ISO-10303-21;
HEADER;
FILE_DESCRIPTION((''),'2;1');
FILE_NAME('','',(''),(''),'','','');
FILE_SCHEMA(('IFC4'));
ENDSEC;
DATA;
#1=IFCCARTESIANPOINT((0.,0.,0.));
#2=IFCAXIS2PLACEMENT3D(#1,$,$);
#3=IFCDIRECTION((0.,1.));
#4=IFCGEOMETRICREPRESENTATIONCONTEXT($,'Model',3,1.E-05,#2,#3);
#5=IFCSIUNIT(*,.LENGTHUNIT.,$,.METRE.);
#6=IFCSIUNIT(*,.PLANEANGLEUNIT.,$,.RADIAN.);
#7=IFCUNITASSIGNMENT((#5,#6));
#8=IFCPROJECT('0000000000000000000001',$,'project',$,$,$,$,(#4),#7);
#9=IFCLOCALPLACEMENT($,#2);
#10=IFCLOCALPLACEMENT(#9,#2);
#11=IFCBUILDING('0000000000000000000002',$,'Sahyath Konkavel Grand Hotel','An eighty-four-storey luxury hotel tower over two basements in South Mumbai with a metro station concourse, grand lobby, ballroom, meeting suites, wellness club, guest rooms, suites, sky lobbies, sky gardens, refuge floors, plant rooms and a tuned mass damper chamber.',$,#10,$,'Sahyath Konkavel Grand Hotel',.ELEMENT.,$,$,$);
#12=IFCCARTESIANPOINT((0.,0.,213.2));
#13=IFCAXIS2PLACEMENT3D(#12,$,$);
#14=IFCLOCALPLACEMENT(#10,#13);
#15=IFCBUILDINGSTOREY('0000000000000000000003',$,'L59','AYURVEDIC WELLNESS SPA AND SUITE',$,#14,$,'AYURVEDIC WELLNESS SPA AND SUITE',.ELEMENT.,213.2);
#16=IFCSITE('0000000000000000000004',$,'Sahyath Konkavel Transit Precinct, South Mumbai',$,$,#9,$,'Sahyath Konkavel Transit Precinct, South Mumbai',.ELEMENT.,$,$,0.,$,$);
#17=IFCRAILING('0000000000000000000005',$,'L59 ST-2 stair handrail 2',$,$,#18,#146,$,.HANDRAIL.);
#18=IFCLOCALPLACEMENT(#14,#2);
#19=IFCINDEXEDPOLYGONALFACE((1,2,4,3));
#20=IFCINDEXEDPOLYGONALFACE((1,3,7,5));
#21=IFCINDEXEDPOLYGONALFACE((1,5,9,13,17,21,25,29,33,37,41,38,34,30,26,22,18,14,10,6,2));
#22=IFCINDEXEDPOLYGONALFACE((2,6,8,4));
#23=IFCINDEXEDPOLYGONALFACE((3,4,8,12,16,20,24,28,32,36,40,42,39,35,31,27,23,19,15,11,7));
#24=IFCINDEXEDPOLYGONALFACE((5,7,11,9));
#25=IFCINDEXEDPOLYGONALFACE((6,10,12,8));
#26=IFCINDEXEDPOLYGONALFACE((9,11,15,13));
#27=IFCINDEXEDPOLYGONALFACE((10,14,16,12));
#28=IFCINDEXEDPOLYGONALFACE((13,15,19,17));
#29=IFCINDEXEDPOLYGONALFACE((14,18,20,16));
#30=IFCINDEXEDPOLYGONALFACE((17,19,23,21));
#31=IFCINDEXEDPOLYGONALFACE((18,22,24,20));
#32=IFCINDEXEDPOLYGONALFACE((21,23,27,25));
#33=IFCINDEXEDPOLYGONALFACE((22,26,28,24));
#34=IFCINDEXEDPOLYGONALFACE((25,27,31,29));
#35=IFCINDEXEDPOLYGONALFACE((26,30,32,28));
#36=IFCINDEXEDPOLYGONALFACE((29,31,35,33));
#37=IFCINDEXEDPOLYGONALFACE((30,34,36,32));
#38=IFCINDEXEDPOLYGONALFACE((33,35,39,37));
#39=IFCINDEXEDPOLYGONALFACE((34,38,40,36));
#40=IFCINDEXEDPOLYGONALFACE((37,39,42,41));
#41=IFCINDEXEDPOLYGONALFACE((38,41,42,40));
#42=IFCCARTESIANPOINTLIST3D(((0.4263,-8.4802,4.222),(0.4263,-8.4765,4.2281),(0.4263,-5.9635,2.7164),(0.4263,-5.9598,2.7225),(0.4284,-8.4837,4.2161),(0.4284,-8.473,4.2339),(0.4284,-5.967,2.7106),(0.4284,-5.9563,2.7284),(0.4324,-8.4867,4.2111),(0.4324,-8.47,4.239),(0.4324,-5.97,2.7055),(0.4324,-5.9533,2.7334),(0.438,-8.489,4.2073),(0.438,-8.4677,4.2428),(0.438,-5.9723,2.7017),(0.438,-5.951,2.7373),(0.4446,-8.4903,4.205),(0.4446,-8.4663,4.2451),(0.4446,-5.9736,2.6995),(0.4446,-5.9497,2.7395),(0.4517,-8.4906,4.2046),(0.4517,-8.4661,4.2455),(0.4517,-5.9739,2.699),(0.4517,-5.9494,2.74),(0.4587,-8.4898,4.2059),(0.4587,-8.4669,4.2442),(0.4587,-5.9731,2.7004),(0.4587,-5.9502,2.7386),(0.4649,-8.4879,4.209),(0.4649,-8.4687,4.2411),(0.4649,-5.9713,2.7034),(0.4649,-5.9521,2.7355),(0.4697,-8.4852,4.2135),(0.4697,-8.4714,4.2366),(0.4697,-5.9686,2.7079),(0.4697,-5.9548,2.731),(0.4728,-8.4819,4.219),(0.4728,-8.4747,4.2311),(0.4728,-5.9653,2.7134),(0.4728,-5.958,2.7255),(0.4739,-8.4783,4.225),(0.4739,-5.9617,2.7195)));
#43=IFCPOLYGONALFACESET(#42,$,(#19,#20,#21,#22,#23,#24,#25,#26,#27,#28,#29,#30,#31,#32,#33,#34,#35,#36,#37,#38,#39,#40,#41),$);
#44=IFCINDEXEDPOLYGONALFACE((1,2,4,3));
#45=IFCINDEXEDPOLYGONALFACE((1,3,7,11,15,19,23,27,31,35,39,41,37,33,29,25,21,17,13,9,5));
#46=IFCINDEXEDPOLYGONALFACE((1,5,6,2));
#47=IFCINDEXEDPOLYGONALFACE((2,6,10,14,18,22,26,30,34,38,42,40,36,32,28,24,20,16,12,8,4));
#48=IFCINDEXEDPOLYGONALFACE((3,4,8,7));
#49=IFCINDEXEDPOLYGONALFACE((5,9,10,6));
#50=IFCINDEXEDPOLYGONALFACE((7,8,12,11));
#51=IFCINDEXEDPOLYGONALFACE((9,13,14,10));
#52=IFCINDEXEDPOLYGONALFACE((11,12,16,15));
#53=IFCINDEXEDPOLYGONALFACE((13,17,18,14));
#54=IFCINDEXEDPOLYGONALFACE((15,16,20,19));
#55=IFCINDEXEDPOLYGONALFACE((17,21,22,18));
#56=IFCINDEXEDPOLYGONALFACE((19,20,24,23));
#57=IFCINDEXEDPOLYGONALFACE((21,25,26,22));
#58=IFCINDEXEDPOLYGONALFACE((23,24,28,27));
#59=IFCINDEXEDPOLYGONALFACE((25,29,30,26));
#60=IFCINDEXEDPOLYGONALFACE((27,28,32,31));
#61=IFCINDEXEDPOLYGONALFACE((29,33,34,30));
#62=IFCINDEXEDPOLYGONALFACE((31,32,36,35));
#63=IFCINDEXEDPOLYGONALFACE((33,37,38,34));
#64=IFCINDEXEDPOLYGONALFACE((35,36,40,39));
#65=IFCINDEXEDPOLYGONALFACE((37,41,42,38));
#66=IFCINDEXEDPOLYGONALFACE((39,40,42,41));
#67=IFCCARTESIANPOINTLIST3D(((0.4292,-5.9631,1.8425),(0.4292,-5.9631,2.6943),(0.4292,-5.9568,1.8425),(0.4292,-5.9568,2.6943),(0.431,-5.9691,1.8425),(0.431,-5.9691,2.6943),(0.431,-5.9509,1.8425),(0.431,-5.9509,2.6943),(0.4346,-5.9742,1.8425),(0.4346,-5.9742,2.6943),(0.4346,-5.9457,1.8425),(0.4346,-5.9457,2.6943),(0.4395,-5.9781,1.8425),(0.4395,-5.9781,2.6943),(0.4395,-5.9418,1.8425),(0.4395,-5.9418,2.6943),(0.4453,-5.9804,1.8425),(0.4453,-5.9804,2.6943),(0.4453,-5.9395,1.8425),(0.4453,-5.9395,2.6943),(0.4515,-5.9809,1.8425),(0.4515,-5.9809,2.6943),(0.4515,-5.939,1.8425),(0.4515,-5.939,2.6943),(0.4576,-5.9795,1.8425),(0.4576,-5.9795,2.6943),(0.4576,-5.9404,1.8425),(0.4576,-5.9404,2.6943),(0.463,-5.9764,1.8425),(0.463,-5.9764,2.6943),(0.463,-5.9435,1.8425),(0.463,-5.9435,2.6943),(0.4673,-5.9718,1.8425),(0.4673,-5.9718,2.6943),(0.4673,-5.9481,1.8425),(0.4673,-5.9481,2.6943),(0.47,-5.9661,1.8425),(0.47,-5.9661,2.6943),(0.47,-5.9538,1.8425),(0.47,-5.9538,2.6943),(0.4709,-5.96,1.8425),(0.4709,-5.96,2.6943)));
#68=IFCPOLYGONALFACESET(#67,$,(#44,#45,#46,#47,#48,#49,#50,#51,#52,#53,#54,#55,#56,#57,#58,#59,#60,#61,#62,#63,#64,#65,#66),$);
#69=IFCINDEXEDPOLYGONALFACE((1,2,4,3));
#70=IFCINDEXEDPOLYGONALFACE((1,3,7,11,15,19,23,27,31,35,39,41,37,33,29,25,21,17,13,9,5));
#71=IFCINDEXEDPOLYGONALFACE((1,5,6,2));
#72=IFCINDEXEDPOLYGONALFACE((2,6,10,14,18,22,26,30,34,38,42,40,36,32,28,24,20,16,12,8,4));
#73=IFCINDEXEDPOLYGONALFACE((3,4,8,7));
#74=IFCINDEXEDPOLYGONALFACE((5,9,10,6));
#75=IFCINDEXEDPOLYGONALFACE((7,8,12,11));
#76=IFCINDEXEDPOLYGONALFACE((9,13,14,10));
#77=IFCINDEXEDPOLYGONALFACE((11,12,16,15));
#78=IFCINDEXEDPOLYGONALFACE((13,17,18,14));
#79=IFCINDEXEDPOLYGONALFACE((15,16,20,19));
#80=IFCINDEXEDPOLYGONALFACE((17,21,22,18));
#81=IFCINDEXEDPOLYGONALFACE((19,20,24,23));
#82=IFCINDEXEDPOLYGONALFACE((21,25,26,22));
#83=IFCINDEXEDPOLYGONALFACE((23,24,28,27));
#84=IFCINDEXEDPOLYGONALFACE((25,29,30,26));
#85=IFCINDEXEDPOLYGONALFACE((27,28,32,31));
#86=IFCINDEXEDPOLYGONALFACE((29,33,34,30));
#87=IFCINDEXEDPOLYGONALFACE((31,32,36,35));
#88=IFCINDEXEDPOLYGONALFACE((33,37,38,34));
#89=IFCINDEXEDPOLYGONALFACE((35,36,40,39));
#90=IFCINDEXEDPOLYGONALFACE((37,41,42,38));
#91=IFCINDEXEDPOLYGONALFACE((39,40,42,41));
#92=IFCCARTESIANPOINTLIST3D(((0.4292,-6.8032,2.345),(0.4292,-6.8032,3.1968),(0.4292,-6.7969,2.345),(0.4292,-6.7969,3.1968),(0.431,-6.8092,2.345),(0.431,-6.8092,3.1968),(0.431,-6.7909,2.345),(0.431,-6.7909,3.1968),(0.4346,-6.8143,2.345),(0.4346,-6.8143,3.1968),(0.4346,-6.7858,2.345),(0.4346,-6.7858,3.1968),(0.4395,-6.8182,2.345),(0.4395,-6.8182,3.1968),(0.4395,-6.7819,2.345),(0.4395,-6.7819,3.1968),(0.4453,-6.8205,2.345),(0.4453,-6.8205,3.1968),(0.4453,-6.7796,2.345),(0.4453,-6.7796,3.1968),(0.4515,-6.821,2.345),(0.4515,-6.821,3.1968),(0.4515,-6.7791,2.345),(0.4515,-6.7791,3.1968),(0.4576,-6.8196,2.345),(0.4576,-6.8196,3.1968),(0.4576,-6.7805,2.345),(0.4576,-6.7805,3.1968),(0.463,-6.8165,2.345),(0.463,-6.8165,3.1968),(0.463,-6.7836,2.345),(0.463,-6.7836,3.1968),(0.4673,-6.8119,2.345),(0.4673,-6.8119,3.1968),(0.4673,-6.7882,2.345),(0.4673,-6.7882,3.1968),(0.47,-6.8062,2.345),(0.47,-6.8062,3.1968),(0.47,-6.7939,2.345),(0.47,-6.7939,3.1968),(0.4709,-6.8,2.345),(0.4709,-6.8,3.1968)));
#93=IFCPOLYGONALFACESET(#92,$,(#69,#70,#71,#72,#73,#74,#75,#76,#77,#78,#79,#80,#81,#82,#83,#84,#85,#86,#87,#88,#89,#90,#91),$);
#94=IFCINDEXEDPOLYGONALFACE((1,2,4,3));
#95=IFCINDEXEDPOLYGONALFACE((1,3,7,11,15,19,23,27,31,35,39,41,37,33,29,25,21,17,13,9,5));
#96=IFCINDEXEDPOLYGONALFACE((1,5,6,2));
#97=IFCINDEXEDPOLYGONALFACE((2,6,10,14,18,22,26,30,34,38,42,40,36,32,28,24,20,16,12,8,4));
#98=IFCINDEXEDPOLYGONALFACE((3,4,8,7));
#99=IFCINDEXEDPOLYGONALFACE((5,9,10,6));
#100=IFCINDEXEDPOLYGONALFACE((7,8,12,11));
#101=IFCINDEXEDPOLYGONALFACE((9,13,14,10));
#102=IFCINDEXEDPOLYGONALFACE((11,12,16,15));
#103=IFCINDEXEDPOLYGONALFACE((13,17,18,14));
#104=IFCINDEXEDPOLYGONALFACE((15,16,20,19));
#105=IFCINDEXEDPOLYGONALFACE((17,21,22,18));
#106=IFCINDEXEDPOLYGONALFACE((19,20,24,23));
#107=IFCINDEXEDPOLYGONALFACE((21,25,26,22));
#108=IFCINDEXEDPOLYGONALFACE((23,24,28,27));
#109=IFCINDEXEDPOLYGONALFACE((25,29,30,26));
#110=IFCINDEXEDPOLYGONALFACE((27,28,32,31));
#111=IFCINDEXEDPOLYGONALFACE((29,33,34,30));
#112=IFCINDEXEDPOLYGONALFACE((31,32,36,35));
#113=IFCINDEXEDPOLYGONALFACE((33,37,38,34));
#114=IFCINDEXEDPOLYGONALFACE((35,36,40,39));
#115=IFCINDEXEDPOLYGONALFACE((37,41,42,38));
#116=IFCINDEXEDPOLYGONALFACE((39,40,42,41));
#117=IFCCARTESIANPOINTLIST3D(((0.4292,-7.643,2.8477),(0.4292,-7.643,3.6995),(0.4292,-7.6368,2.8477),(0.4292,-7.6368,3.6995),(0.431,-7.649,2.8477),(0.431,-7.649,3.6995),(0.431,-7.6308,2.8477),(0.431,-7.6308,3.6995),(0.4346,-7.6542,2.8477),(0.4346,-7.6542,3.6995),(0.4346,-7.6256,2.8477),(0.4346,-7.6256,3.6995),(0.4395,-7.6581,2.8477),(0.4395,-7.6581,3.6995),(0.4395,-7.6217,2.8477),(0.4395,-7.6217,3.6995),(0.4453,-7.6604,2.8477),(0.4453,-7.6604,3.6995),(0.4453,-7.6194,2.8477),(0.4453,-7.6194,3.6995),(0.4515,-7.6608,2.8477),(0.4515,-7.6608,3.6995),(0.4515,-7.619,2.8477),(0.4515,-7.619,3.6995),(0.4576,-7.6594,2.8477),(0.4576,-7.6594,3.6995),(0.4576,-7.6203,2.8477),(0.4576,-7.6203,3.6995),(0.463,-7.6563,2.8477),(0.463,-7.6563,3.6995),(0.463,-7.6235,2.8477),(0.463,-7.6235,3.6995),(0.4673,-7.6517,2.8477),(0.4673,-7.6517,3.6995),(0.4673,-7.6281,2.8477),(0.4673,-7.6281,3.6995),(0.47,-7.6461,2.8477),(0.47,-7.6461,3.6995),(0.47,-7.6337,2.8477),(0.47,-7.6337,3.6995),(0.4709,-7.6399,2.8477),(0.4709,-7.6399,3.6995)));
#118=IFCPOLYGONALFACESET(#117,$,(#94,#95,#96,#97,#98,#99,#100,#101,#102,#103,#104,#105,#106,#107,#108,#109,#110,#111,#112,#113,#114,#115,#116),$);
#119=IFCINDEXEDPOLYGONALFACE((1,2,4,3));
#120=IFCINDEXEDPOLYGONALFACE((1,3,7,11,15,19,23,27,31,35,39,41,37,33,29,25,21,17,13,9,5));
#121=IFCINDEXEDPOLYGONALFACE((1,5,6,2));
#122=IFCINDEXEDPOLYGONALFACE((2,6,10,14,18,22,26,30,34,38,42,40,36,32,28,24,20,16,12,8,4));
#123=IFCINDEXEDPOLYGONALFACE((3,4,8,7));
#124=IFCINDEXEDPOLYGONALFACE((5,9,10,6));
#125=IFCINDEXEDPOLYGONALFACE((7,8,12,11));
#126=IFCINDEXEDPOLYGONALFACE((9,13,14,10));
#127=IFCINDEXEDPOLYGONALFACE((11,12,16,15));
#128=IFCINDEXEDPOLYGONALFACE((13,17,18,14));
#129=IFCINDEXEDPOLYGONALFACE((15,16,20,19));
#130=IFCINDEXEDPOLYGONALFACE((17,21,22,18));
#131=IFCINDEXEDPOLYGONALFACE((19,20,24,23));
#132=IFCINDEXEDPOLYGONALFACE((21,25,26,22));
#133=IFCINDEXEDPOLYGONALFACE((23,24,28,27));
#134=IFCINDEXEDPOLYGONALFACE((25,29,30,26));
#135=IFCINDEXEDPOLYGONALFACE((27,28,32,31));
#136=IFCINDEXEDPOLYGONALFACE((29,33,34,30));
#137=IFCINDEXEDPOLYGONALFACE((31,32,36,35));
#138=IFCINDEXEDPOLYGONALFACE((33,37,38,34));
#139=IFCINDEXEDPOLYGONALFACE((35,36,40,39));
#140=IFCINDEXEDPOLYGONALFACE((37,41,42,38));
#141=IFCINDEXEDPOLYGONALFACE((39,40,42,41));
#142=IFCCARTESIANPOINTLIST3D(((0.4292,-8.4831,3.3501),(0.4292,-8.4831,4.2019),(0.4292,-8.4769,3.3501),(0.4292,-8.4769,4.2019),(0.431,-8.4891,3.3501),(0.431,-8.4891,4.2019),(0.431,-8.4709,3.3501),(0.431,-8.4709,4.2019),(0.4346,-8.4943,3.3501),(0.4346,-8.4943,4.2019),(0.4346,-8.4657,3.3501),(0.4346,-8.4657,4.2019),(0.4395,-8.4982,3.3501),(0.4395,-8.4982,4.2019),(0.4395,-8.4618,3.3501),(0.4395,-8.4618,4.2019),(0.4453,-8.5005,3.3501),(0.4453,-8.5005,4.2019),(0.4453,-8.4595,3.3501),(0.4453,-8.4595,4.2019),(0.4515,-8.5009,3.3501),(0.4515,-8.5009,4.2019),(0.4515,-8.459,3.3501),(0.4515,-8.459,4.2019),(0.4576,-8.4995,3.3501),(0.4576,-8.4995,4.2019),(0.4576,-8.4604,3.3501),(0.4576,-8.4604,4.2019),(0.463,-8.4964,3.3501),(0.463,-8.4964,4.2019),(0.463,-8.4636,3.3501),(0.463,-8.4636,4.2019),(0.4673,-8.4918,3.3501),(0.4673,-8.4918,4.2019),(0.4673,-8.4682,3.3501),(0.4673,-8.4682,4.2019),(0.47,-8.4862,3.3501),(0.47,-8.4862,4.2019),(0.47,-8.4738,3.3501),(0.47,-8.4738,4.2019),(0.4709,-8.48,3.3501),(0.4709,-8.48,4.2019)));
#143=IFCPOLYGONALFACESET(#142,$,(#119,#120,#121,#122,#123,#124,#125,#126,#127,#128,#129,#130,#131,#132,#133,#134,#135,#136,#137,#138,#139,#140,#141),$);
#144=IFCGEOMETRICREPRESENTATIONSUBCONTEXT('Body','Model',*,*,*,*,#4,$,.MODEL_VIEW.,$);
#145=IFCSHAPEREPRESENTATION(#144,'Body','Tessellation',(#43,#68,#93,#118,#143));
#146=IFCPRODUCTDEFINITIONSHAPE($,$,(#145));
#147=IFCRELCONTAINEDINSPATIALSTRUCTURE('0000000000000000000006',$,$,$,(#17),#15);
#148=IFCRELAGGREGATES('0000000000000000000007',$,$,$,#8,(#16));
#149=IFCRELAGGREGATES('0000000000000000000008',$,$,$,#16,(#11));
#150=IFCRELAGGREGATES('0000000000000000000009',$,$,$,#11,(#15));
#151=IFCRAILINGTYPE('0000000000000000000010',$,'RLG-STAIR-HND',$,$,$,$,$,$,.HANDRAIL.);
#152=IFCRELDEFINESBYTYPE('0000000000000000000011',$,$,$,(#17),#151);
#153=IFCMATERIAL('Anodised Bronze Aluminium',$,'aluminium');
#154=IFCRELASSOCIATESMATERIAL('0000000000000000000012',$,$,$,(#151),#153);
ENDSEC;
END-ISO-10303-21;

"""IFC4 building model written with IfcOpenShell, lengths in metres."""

from ifc_helpers import new_model, si_unit, direction, frame, origin, origin_2d, place, context, subcontext, project, spatial, circle, extrude, material, type_object, element, save


model = new_model("IFC4")

# Units and contexts
model_context = context("Model", 3, precision=1e-05, world=origin(), true_north=direction((0.0, 1.0)))
body_context = subcontext(model_context, "Body", "Model", "MODEL_VIEW")
ifc_project = project(units=[si_unit("LENGTHUNIT", "METRE"), si_unit("PLANEANGLEUNIT", "RADIAN")], contexts=[model_context])

# Site, building, storey
site_placement = place(None, origin())
site = spatial("IfcSite", under=ifc_project, at=site_placement, Name="Sahyath Konkavel Transit Precinct, South Mumbai", LongName="Sahyath Konkavel Transit Precinct, South Mumbai", CompositionType="ELEMENT", RefElevation=0.0)
building_placement = place(site_placement, origin())
building = spatial("IfcBuilding", under=site, at=building_placement, Name="Sahyath Konkavel Grand Hotel", Description="An eighty-four-storey luxury hotel tower over two basements in South Mumbai with a metro station concourse, grand lobby, ballroom, meeting suites, wellness club, guest rooms, suites, sky lobbies, sky gardens, refuge floors, plant rooms and a tuned mass damper chamber.", LongName="Sahyath Konkavel Grand Hotel", CompositionType="ELEMENT")
storey_placement = place(building_placement, frame((0.0, 0.0, 213.2)))
storey = spatial("IfcBuildingStorey", under=building, at=storey_placement, Name="L59", Description="AYURVEDIC WELLNESS SPA AND SUITE", LongName="AYURVEDIC WELLNESS SPA AND SUITE", CompositionType="ELEMENT", Elevation=213.2)

# Railing
ifc_material_1 = material(Name="Anodised Bronze Aluminium", Category="aluminium")
railing_type_1 = type_object("IfcRailingType", Name="RLG-STAIR-HND", PredefinedType="HANDRAIL", material=ifc_material_1)
railing_1_placement = place(storey_placement, frame((0.45, -5.96, 1.8425)))
element("IfcRailing", 1, at=railing_1_placement, inside=storey, type_object=railing_type_1, Name="L59 ST-2 stair handrail 2", PredefinedType="HANDRAIL", context=body_context, shape_type="SweptSolid", body=[
    extrude(circle(Radius=0.0239, at=origin_2d()), frame((0.0, -0.0017, 0.877), z_axis=(0.0, -0.85816, 0.513383), x_axis=(1.0, 0.0, 0.0)), (0.0, 0.0, 1.0), 2.9326),
    extrude(circle(Radius=0.021, at=origin_2d()), origin(), (0.0, 0.0, 1.0), 0.8518),
    extrude(circle(Radius=0.021, at=origin_2d()), frame((0.0, -0.8401, 0.5024)), (0.0, 0.0, 1.0), 0.8518),
    extrude(circle(Radius=0.021, at=origin_2d()), frame((0.0, -1.6799, 1.0051)), (0.0, 0.0, 1.0), 0.8518),
    extrude(circle(Radius=0.021, at=origin_2d()), frame((0.0, -2.52, 1.5076)), (0.0, 0.0, 1.0), 0.8518),
])

save(model, "model.ifc")
